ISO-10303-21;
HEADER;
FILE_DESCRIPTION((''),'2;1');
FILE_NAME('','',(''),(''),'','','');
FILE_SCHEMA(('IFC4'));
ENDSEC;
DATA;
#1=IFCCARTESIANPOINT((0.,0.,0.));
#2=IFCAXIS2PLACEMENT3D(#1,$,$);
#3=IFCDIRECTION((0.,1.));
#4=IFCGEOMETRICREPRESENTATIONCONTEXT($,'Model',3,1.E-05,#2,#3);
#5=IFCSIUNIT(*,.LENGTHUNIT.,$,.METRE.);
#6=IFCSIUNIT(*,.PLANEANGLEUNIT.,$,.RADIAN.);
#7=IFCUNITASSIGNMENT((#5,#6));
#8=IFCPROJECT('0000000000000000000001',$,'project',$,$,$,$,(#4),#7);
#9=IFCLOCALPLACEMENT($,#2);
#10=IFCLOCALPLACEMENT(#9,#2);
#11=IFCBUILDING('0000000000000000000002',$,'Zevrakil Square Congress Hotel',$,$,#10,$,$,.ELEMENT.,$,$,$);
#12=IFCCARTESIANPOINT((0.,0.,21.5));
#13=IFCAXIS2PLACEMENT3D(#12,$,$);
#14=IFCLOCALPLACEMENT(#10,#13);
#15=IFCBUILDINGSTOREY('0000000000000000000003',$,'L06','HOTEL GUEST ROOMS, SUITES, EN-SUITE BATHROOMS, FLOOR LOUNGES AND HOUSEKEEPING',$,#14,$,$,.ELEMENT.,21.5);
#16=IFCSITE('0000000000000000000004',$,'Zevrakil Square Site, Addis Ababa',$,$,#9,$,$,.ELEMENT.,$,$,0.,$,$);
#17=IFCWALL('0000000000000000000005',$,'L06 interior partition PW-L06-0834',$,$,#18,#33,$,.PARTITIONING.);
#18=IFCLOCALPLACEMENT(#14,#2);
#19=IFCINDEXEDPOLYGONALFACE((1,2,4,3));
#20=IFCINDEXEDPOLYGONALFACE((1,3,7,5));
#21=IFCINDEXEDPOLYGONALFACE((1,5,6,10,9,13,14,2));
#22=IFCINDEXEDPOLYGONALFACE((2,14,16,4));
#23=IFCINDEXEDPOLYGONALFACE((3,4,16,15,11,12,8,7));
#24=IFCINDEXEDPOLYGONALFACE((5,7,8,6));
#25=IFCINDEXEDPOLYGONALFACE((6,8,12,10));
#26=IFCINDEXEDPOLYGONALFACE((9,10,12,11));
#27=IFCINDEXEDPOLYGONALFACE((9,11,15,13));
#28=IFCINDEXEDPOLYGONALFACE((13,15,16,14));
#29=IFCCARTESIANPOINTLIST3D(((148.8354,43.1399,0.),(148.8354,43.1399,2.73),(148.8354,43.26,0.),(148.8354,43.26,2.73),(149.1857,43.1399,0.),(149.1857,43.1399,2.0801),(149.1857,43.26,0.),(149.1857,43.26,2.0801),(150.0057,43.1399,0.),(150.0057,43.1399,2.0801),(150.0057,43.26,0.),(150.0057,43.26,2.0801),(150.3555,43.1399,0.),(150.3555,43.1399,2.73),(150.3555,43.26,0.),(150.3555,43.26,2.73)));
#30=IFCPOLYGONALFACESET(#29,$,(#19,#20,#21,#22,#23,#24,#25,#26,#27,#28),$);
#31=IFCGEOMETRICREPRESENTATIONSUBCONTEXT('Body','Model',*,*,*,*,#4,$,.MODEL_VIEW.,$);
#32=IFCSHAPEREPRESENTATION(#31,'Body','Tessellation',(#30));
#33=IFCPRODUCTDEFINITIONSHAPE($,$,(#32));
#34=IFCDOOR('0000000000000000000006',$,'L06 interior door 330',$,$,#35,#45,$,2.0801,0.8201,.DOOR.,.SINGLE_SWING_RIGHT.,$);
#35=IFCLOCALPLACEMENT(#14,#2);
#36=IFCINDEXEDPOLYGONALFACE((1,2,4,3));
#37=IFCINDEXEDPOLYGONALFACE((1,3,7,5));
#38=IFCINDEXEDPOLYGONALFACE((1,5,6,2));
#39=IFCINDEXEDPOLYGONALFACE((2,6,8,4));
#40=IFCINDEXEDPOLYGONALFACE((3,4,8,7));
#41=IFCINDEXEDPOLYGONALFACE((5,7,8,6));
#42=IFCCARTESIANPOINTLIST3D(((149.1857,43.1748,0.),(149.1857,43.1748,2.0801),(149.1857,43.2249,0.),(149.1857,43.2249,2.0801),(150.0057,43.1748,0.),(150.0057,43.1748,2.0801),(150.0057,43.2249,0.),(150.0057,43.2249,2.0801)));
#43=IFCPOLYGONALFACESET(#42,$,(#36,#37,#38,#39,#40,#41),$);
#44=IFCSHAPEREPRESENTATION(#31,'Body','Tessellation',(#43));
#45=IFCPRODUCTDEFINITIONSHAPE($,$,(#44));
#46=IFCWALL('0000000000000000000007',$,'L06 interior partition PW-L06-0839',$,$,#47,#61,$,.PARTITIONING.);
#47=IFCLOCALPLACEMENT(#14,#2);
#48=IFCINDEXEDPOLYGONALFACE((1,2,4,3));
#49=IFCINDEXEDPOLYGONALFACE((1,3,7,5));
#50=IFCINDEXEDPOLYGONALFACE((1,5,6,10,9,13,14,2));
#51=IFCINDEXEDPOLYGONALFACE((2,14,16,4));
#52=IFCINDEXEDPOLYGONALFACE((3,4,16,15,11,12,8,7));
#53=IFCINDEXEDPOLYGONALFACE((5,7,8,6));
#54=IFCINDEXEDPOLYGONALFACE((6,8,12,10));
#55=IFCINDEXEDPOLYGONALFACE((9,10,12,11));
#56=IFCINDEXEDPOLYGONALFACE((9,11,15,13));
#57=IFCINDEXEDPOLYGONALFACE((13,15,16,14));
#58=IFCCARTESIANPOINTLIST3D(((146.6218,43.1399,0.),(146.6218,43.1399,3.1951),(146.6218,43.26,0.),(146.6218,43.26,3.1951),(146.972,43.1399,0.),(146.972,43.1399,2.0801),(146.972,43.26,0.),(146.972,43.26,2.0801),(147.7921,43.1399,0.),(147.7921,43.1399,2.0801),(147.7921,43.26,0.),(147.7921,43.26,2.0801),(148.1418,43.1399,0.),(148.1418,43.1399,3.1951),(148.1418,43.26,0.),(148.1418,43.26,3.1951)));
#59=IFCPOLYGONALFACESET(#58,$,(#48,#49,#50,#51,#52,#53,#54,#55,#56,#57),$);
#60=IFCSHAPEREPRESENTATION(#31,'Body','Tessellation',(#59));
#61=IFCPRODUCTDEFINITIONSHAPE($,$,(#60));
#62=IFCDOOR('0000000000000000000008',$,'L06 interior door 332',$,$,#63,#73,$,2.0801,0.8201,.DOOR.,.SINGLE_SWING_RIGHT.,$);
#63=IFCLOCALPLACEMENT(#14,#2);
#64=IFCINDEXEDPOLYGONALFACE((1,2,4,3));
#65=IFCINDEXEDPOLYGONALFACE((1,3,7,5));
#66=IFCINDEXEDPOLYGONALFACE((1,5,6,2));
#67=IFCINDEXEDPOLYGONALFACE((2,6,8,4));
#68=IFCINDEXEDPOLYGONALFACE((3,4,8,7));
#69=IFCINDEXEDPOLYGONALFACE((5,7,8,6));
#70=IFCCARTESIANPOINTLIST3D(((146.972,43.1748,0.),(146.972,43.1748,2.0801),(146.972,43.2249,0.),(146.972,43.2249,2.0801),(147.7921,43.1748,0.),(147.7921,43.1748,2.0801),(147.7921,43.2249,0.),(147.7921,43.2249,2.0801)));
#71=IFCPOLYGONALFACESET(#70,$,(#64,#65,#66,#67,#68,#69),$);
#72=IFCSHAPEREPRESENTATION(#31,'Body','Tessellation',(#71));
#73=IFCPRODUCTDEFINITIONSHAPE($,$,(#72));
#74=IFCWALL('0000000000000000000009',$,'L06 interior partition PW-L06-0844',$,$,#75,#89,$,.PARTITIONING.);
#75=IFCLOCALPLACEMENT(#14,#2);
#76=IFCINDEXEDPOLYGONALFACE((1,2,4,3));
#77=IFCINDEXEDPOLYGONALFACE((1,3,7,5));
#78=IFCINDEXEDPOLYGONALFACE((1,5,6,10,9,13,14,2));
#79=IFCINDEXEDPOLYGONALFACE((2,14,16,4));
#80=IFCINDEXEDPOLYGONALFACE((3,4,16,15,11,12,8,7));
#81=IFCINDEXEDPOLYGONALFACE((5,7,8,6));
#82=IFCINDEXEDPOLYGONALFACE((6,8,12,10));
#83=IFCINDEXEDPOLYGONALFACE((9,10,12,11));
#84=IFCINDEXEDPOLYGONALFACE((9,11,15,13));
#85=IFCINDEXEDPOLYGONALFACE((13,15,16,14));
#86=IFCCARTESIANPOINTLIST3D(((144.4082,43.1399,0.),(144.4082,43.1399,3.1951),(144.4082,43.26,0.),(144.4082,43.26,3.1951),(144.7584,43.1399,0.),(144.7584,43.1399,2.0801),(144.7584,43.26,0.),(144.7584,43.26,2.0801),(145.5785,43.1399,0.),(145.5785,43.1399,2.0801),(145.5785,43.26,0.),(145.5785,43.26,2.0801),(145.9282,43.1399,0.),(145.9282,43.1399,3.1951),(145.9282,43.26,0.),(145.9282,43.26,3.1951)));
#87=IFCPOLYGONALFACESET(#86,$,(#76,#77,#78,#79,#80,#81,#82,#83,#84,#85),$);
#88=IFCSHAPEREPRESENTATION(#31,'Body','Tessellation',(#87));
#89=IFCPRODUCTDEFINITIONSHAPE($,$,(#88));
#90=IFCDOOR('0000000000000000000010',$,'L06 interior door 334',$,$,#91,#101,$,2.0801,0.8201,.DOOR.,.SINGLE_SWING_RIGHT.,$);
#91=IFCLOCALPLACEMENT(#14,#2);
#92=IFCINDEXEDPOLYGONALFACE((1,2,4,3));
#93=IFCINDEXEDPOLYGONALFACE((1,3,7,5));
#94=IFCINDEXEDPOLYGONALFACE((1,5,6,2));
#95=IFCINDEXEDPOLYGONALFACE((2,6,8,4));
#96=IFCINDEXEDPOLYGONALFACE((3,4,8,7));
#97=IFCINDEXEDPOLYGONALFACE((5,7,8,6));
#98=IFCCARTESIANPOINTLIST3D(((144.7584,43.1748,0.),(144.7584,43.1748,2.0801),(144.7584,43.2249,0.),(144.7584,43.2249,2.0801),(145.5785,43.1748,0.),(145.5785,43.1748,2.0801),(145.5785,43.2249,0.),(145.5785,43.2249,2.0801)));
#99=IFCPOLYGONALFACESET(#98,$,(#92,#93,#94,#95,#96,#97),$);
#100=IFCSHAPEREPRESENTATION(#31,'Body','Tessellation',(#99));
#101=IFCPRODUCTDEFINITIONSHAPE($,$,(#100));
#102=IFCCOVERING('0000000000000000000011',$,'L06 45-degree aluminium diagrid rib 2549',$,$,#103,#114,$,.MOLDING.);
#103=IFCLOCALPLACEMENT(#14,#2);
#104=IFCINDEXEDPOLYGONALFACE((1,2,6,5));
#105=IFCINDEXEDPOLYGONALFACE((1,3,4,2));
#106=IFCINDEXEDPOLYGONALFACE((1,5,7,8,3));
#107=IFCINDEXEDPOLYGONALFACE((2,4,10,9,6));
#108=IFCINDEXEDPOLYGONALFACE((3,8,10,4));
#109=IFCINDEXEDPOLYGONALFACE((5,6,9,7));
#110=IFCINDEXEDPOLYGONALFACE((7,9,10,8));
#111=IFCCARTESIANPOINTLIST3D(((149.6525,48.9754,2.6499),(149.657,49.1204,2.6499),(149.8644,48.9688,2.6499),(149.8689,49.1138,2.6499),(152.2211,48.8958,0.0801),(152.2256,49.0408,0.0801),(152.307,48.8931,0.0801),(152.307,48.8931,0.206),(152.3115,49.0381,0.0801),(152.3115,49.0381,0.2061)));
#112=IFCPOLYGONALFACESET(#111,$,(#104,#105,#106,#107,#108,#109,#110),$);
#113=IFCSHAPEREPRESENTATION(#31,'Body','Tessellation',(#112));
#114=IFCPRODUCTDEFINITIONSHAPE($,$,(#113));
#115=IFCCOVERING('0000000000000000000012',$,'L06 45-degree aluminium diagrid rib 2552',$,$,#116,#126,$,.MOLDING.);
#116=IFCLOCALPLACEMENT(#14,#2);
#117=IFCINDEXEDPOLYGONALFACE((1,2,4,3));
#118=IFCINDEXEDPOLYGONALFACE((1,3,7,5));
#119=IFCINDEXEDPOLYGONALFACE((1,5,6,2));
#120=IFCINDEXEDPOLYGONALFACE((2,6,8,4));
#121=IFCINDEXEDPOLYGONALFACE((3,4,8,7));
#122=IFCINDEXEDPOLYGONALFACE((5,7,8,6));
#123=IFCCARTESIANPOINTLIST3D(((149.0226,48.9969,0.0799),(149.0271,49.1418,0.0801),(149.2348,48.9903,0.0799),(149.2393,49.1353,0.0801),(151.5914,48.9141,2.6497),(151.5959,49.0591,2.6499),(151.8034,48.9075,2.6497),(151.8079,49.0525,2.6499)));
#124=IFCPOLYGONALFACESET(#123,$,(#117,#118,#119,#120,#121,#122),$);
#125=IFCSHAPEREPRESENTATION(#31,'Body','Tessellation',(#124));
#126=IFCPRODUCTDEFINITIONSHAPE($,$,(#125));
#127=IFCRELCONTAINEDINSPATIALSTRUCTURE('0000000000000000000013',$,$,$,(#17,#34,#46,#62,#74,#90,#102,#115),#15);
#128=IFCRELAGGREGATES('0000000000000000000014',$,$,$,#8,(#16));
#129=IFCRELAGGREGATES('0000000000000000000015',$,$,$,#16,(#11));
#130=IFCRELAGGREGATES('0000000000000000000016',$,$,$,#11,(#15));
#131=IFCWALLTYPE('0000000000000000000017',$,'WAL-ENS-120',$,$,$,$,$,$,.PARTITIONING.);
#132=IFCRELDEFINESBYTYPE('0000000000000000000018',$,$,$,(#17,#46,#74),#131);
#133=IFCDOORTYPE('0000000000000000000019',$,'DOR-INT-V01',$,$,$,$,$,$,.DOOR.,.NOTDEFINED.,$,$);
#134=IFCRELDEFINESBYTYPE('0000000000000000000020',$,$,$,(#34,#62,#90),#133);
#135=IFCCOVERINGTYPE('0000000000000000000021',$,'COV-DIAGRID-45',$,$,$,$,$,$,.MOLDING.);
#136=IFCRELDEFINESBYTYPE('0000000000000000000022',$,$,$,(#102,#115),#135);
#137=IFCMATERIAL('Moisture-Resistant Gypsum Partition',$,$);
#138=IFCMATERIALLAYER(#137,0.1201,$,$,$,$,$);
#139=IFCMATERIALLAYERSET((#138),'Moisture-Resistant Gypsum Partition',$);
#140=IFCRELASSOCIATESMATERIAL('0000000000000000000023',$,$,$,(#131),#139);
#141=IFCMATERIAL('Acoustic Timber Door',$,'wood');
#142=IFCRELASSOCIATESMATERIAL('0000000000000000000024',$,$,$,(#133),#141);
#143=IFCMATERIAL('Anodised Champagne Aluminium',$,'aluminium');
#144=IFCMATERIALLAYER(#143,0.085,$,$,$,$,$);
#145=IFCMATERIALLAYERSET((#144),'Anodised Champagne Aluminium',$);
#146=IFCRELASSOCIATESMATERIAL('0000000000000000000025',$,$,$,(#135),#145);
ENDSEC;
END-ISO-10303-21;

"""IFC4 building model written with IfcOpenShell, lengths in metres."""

from ifc_helpers import new_model, si_unit, direction, frame, frame_2d, origin, place, context, subcontext, project, spatial, polyline, rectangle, outline, extrude, material, layer, layer_set, type_object, element, fill, save


model = new_model("IFC4")

# Units and contexts
model_context = context("Model", 3, precision=1e-05, world=origin(), true_north=direction((0.0, 1.0)))
body_context = subcontext(model_context, "Body", "Model", "MODEL_VIEW")
ifc_project = project(units=[si_unit("LENGTHUNIT", "METRE"), si_unit("PLANEANGLEUNIT", "RADIAN")], contexts=[model_context])

# Site, building, storey
site_placement = place(None, origin())
site = spatial("IfcSite", under=ifc_project, at=site_placement, Name="Zevrakil Square Site, Addis Ababa", CompositionType="ELEMENT", RefElevation=0.0)
building_placement = place(site_placement, origin())
building = spatial("IfcBuilding", under=site, at=building_placement, Name="Zevrakil Square Congress Hotel", CompositionType="ELEMENT")
storey_placement = place(building_placement, frame((0.0, 0.0, 21.5)))
storey = spatial("IfcBuildingStorey", under=building, at=storey_placement, Name="L06", Description="HOTEL GUEST ROOMS, SUITES, EN-SUITE BATHROOMS, FLOOR LOUNGES AND HOUSEKEEPING", CompositionType="ELEMENT", Elevation=21.5)

# Walls, openings, doors
ifc_material_1 = material(Name="Moisture-Resistant Gypsum Partition")
ifc_layer_1 = layer(ifc_material_1, 0.1201)
ifc_layer_set_1 = layer_set([ifc_layer_1], Name="Moisture-Resistant Gypsum Partition")
wall_type = type_object("IfcWallType", Name="WAL-ENS-120", PredefinedType="PARTITIONING", material=ifc_layer_set_1)
ifc_material_2 = material(Name="Acoustic Timber Door", Category="wood")
door_type = type_object("IfcDoorType", Name="DOR-INT-V01", OperationType="NOTDEFINED", PredefinedType="DOOR", material=ifc_material_2)
wall_1_placement = place(storey_placement, frame((148.8354, 43.2, 0.0), z_axis=(0.0, 0.0, 1.0), x_axis=(1.0, 0.0, 0.0)))
wall_1 = element("IfcWall", 1, at=wall_1_placement, inside=storey, type_object=wall_type, Name="L06 interior partition PW-L06-0834", PredefinedType="PARTITIONING", context=body_context, shape_type="SweptSolid", body=[
    extrude(rectangle(XDim=1.52, YDim=0.1201, at=frame_2d((0.76, 0.0))), origin(), (0.0, 0.0, 1.0), 2.73),
])
opening_1_placement = place(wall_1_placement, frame((0.3501, 0.0, 0.0)))
opening_1 = element("IfcOpeningElement", 2, at=opening_1_placement, cuts=wall_1, PredefinedType="OPENING", context=body_context, shape_type="SweptSolid", body=[
    extrude(rectangle(XDim=0.8201, YDim=2.0801, at=frame_2d((0.4102, 1.04))), frame((0.0, 0.0701, 0.0), z_axis=(0.0, -1.0, 0.0), x_axis=(1.0, 0.0, 0.0)), (0.0, 0.0, 1.0), 0.1401),
])
door_1_placement = place(opening_1_placement, origin())
door_1 = element("IfcDoor", 3, at=door_1_placement, inside=storey, type_object=door_type, Name="L06 interior door 330", OperationType="SINGLE_SWING_RIGHT", OverallHeight=2.0801, OverallWidth=0.8201, PredefinedType="DOOR", context=body_context, shape_type="SweptSolid", body=[
    extrude(rectangle(XDim=0.8201, YDim=2.0801, at=frame_2d((0.4102, 1.04))), frame((0.0, 0.0249, 0.0), z_axis=(0.0, -1.0, 0.0), x_axis=(1.0, 0.0, 0.0)), (0.0, 0.0, 1.0), 0.05),
])
fill(opening_1, door_1)
wall_2_placement = place(storey_placement, frame((146.6218, 43.2, 0.0), z_axis=(0.0, 0.0, 1.0), x_axis=(1.0, 0.0, 0.0)))
wall_2 = element("IfcWall", 4, at=wall_2_placement, inside=storey, type_object=wall_type, Name="L06 interior partition PW-L06-0839", PredefinedType="PARTITIONING", context=body_context, shape_type="SweptSolid", body=[
    extrude(rectangle(XDim=1.52, YDim=0.1201, at=frame_2d((0.76, 0.0))), origin(), (0.0, 0.0, 1.0), 3.1951),
])
opening_2_placement = place(wall_2_placement, frame((0.3501, 0.0, 0.0)))
opening_2 = element("IfcOpeningElement", 5, at=opening_2_placement, cuts=wall_2, PredefinedType="OPENING", context=body_context, shape_type="SweptSolid", body=[
    extrude(rectangle(XDim=0.8201, YDim=2.0801, at=frame_2d((0.4102, 1.04))), frame((0.0, 0.0701, 0.0), z_axis=(0.0, -1.0, 0.0), x_axis=(1.0, 0.0, 0.0)), (0.0, 0.0, 1.0), 0.1401),
])
door_2_placement = place(opening_2_placement, origin())
door_2 = element("IfcDoor", 6, at=door_2_placement, inside=storey, type_object=door_type, Name="L06 interior door 332", OperationType="SINGLE_SWING_RIGHT", OverallHeight=2.0801, OverallWidth=0.8201, PredefinedType="DOOR", context=body_context, shape_type="SweptSolid", body=[
    extrude(rectangle(XDim=0.8201, YDim=2.0801, at=frame_2d((0.4102, 1.04))), frame((0.0, 0.0249, 0.0), z_axis=(0.0, -1.0, 0.0), x_axis=(1.0, 0.0, 0.0)), (0.0, 0.0, 1.0), 0.05),
])
fill(opening_2, door_2)
wall_3_placement = place(storey_placement, frame((144.4082, 43.2, 0.0), z_axis=(0.0, 0.0, 1.0), x_axis=(1.0, 0.0, 0.0)))
wall_3 = element("IfcWall", 7, at=wall_3_placement, inside=storey, type_object=wall_type, Name="L06 interior partition PW-L06-0844", PredefinedType="PARTITIONING", context=body_context, shape_type="SweptSolid", body=[
    extrude(rectangle(XDim=1.52, YDim=0.1201, at=frame_2d((0.76, 0.0))), origin(), (0.0, 0.0, 1.0), 3.1951),
])
opening_3_placement = place(wall_3_placement, frame((0.3501, 0.0, 0.0)))
opening_3 = element("IfcOpeningElement", 8, at=opening_3_placement, cuts=wall_3, PredefinedType="OPENING", context=body_context, shape_type="SweptSolid", body=[
    extrude(rectangle(XDim=0.8201, YDim=2.0801, at=frame_2d((0.4102, 1.04))), frame((0.0, 0.0701, 0.0), z_axis=(0.0, -1.0, 0.0), x_axis=(1.0, 0.0, 0.0)), (0.0, 0.0, 1.0), 0.1401),
])
door_3_placement = place(opening_3_placement, origin())
door_3 = element("IfcDoor", 9, at=door_3_placement, inside=storey, type_object=door_type, Name="L06 interior door 334", OperationType="SINGLE_SWING_RIGHT", OverallHeight=2.0801, OverallWidth=0.8201, PredefinedType="DOOR", context=body_context, shape_type="SweptSolid", body=[
    extrude(rectangle(XDim=0.8201, YDim=2.0801, at=frame_2d((0.4102, 1.04))), frame((0.0, 0.0249, 0.0), z_axis=(0.0, -1.0, 0.0), x_axis=(1.0, 0.0, 0.0)), (0.0, 0.0, 1.0), 0.05),
])
fill(opening_3, door_3)

# Coverings
ifc_material_3 = material(Name="Anodised Champagne Aluminium", Category="aluminium")
ifc_layer_2 = layer(ifc_material_3, 0.085)
ifc_layer_set_2 = layer_set([ifc_layer_2], Name="Anodised Champagne Aluminium")
covering_type = type_object("IfcCoveringType", Name="COV-DIAGRID-45", PredefinedType="MOLDING", material=ifc_layer_set_2)
covering_1_placement = place(storey_placement, frame((152.2256, 49.0408, 0.0801), z_axis=(0.031086, 0.999517, 0.000113), x_axis=(0.999517, -0.031086, 0.0)))
element("IfcCovering", 10, at=covering_1_placement, inside=storey, type_object=covering_type, Name="L06 45-degree aluminium diagrid rib 2549", PredefinedType="MOLDING", context=body_context, shape_type="SweptSolid", body=[
    extrude(outline(polyline([(0.0, 0.0), (0.086, 0.0), (0.086, -0.126), (-2.3578, -2.5698), (-2.5698, -2.5698), (0.0, 0.0)])), origin(), (0.0, 0.0, -1.0), 0.145),
])
covering_2_placement = place(storey_placement, frame((151.8079, 49.0525, 2.6499), z_axis=(0.031073, 0.999516, 0.001131), x_axis=(-0.999517, 0.031073, 0.0)))
element("IfcCovering", 11, at=covering_2_placement, inside=storey, type_object=covering_type, Name="L06 45-degree aluminium diagrid rib 2552", PredefinedType="MOLDING", context=body_context, shape_type="SweptSolid", body=[
    extrude(outline(polyline([(0.0, 0.0), (0.212, 0.0), (2.7822, -2.5698), (2.5699, -2.5698), (0.0, 0.0)])), origin(), (0.0, 0.0, -1.0), 0.145),
])

save(model, "model.ifc")
